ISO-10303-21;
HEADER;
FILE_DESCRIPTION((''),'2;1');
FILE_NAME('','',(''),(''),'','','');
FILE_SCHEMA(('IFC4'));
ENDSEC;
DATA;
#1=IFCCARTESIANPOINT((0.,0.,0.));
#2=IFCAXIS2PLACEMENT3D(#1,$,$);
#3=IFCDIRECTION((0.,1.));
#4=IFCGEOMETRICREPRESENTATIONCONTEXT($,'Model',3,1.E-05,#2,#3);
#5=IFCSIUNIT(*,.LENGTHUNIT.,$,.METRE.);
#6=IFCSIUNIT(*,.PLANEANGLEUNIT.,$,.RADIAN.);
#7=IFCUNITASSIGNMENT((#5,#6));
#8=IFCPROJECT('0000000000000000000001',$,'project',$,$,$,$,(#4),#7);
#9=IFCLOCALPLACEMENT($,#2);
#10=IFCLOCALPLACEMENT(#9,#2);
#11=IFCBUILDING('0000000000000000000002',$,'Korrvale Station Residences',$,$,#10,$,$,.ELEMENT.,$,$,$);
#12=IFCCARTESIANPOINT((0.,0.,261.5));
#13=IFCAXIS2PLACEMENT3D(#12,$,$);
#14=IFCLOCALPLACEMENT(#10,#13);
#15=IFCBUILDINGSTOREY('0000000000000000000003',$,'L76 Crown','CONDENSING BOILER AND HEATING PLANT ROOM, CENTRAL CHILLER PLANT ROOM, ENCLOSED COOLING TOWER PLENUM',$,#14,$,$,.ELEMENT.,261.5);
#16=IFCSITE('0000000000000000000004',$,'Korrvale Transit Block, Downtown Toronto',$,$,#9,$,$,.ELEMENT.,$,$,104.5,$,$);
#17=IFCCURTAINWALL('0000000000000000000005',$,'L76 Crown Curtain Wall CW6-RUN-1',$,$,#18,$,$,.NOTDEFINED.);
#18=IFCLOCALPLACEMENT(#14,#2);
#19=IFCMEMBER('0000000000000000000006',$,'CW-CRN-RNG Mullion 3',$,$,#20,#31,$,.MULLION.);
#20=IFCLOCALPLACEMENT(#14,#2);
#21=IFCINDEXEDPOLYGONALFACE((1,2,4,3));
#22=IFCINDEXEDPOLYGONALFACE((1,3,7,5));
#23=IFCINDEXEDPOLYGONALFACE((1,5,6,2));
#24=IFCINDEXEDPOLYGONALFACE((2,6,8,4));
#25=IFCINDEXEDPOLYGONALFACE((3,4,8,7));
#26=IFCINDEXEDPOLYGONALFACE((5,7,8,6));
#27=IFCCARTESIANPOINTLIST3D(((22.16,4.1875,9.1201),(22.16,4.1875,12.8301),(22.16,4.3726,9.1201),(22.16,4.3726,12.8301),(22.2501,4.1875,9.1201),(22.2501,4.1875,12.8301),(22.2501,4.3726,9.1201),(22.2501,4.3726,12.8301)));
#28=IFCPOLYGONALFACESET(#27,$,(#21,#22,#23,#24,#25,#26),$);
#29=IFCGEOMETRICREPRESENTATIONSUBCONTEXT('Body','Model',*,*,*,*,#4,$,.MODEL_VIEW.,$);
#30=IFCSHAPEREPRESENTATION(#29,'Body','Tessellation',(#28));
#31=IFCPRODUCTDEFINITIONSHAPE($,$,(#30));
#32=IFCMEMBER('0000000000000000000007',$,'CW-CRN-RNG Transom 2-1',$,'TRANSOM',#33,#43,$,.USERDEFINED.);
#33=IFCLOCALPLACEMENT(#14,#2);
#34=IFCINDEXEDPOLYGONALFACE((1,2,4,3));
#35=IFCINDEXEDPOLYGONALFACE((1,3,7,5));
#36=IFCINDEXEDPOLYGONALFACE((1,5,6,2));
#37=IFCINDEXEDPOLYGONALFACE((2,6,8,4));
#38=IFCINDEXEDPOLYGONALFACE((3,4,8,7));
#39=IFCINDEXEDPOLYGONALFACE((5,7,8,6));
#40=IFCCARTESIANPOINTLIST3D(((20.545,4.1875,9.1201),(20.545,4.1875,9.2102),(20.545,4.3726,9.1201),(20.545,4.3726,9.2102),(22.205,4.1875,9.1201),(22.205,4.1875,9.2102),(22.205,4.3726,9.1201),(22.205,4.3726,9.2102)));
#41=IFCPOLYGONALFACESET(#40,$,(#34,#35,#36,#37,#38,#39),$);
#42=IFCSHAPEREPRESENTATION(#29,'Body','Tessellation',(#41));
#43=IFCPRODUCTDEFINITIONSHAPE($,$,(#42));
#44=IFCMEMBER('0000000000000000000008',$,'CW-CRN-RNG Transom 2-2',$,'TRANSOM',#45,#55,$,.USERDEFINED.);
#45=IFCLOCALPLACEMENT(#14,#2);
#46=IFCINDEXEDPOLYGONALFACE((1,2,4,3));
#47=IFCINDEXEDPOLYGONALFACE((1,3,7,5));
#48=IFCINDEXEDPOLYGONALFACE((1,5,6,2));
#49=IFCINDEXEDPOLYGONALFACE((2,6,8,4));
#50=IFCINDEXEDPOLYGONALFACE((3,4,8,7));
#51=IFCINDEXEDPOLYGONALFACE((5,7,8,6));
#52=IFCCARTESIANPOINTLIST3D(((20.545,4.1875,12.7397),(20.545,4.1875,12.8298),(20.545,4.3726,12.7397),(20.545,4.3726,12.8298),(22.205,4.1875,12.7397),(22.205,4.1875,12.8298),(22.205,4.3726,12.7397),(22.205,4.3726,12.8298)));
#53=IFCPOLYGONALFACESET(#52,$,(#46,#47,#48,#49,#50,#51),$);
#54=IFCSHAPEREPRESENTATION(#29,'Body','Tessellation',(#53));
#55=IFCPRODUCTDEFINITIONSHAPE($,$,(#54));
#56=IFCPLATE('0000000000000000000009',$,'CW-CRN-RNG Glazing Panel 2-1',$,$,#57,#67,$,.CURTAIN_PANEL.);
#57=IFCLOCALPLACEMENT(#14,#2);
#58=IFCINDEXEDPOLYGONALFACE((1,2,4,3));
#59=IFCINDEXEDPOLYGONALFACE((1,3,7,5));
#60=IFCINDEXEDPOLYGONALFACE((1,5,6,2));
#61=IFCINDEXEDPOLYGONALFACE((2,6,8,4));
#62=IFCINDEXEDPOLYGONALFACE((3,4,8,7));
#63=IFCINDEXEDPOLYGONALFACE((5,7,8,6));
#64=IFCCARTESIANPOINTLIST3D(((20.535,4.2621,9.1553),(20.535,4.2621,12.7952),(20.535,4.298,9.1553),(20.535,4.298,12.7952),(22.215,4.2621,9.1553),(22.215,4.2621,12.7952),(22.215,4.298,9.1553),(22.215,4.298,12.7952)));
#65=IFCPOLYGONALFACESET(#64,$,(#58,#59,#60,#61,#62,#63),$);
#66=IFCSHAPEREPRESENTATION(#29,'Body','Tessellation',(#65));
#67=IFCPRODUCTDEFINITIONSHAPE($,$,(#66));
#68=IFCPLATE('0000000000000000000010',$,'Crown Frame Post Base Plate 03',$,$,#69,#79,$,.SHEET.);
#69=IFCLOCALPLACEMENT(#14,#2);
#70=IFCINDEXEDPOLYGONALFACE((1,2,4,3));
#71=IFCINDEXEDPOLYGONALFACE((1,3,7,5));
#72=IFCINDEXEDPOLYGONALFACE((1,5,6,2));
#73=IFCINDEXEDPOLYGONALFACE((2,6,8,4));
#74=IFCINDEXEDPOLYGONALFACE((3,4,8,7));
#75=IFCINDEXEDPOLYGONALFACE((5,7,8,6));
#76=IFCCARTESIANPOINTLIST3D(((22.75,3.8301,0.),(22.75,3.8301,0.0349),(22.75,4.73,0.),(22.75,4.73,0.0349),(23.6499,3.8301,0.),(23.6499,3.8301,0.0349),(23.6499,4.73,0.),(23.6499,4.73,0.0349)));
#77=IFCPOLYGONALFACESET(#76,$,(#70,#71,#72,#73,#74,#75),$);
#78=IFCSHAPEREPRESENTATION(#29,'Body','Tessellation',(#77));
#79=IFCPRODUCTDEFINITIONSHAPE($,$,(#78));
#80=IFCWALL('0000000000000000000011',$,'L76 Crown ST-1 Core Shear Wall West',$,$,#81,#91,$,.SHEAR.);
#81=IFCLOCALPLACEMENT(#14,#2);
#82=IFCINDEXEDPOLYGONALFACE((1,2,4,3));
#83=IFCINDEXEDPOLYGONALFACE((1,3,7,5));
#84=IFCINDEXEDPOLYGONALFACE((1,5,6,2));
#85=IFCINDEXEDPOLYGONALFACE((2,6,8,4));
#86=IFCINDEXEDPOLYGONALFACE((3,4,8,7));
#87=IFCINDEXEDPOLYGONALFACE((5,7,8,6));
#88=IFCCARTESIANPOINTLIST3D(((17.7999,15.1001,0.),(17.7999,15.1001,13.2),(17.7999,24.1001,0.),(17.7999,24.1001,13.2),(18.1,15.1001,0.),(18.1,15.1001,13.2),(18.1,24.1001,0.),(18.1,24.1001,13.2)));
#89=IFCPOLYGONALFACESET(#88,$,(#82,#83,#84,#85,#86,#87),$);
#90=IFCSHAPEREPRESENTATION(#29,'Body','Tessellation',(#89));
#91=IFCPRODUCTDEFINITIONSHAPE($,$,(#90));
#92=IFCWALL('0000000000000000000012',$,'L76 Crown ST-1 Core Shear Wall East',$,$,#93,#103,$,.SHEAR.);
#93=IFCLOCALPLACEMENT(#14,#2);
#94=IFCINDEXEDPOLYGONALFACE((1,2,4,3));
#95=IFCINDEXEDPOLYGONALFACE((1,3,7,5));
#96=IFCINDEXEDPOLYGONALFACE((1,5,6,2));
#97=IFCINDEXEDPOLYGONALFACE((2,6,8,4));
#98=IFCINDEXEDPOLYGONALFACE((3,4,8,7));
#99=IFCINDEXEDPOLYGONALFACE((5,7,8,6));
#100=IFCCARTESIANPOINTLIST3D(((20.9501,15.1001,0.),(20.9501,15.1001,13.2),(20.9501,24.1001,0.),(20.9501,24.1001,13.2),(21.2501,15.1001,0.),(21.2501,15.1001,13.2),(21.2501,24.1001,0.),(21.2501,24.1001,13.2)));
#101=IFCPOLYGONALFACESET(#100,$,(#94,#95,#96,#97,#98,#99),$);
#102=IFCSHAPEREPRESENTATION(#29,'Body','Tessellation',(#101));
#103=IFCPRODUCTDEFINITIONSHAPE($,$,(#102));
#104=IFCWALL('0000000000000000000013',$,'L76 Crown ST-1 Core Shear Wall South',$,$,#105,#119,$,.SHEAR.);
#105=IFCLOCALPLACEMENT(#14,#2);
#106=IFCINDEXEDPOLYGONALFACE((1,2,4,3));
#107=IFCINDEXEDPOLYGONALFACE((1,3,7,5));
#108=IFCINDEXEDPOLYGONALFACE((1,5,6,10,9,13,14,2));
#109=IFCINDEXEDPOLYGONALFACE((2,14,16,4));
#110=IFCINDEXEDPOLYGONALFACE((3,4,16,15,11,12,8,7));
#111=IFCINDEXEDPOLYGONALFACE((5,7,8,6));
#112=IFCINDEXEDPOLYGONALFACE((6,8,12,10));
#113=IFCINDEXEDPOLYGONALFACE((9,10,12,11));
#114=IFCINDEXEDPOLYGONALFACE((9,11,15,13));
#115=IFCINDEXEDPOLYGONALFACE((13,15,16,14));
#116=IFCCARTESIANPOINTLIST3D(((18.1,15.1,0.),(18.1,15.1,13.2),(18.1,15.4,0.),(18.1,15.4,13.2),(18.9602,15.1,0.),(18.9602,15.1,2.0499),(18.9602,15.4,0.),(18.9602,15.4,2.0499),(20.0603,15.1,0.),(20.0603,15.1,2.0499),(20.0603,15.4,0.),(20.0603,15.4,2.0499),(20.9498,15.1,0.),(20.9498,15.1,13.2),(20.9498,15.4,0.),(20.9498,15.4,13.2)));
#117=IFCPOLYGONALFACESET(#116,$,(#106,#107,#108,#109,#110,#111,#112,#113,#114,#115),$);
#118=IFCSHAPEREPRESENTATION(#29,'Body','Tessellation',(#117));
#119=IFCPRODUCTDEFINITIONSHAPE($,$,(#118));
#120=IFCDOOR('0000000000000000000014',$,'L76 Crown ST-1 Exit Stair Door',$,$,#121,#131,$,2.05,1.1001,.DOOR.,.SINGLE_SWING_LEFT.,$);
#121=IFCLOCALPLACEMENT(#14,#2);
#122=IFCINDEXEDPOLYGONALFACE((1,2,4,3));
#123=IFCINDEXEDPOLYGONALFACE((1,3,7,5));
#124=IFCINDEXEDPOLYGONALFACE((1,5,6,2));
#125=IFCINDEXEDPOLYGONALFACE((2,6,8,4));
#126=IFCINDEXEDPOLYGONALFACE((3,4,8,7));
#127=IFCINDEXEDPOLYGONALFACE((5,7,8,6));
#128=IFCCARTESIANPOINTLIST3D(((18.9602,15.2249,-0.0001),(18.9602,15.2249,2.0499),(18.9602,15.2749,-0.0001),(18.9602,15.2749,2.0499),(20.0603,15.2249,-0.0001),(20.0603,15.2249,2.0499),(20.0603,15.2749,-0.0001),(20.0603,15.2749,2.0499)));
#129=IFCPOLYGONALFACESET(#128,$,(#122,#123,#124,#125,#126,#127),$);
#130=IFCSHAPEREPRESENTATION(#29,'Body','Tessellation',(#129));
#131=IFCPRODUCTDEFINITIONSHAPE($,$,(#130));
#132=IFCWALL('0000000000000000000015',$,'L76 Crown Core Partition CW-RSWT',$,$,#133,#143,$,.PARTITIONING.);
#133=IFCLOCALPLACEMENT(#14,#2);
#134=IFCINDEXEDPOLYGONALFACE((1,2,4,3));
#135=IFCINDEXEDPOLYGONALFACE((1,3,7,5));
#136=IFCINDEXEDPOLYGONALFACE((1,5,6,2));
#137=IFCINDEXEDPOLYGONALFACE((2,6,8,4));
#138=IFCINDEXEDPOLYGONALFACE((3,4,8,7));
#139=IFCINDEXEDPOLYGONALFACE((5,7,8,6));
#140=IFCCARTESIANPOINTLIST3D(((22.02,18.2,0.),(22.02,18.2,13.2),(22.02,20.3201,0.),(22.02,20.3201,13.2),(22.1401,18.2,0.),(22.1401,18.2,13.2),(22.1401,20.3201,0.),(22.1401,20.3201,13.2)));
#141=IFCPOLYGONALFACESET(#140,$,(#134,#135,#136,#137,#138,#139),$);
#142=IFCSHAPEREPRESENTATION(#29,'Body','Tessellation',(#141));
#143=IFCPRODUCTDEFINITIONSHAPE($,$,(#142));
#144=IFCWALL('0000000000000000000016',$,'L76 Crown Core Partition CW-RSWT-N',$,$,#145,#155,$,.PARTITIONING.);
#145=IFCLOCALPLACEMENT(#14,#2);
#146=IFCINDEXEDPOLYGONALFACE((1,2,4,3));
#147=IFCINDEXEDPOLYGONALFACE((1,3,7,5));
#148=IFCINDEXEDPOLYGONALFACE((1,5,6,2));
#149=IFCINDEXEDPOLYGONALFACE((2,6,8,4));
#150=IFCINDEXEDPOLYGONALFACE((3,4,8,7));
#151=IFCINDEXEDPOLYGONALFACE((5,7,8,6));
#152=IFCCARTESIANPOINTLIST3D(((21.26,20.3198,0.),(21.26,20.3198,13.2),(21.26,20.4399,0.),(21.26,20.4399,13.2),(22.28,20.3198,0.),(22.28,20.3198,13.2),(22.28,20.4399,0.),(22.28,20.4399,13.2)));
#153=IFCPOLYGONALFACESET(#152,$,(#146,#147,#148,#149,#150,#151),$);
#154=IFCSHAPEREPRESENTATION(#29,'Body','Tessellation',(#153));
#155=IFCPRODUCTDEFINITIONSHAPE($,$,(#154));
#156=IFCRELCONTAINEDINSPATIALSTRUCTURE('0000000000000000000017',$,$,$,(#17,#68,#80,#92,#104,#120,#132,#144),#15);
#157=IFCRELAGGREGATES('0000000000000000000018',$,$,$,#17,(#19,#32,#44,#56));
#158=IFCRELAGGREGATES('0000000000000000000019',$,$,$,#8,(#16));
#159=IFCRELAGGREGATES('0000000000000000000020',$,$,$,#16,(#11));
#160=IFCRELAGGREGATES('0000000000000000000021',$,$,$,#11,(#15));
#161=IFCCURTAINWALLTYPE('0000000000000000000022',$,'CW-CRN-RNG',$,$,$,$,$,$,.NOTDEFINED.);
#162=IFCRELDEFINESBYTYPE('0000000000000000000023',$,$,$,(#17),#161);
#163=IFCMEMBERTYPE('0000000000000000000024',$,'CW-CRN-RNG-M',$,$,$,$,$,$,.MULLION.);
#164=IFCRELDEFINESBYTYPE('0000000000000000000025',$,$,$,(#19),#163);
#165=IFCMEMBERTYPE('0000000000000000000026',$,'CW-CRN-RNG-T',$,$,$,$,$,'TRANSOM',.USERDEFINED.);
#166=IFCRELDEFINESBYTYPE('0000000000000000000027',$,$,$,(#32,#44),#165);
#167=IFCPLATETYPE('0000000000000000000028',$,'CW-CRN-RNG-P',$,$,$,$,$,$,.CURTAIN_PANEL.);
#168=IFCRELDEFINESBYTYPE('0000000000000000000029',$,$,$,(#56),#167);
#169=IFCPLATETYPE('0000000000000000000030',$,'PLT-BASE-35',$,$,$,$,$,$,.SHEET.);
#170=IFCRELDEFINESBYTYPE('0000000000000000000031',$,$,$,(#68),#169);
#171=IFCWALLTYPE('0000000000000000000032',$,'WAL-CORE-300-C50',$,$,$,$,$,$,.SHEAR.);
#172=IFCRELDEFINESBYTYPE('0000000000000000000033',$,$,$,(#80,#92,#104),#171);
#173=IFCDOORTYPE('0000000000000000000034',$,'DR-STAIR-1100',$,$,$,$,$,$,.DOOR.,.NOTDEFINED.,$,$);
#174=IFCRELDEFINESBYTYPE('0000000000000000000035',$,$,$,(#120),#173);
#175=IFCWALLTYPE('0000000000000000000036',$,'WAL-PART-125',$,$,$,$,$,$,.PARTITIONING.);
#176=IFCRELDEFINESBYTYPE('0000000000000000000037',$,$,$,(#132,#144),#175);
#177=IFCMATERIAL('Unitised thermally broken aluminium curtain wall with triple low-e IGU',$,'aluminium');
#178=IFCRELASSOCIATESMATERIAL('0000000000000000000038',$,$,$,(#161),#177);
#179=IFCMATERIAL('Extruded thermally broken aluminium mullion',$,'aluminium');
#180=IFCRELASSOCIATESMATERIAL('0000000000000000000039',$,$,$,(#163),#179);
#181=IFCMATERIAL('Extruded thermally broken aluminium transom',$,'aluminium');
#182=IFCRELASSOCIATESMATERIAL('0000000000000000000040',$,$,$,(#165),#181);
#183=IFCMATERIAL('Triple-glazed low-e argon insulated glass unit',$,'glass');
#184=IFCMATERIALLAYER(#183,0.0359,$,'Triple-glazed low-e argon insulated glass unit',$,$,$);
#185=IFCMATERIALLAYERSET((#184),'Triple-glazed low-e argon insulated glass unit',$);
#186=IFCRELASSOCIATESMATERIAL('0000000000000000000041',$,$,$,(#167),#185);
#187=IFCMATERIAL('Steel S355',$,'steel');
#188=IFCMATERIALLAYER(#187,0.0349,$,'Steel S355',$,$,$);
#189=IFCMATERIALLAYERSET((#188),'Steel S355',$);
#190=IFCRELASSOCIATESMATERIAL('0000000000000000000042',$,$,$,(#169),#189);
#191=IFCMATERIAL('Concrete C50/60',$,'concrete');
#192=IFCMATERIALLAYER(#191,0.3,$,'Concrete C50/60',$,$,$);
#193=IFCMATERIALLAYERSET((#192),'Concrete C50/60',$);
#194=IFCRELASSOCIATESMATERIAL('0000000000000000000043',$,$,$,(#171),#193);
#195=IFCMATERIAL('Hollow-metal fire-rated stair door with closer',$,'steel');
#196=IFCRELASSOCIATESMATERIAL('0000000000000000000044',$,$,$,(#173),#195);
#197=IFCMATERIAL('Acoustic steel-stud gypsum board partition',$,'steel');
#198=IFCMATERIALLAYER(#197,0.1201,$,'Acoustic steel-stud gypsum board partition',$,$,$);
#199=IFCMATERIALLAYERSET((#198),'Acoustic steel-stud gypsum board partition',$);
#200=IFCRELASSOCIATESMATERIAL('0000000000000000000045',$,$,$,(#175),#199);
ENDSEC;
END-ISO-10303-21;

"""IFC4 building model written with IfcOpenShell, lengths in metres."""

from ifc_helpers import new_model, si_unit, direction, frame, frame_2d, origin, origin_2d, place, context, subcontext, project, spatial, rectangle, extrude, material, layer, layer_set, type_object, element, fill, aggregate, save


model = new_model("IFC4")

# Units and contexts
model_context = context("Model", 3, precision=1e-05, world=origin(), true_north=direction((0.0, 1.0)))
body_context = subcontext(model_context, "Body", "Model", "MODEL_VIEW")
ifc_project = project(units=[si_unit("LENGTHUNIT", "METRE"), si_unit("PLANEANGLEUNIT", "RADIAN")], contexts=[model_context])

# Site, building, storey
site_placement = place(None, origin())
site = spatial("IfcSite", under=ifc_project, at=site_placement, Name="Korrvale Transit Block, Downtown Toronto", CompositionType="ELEMENT", RefElevation=104.5)
building_placement = place(site_placement, origin())
building = spatial("IfcBuilding", under=site, at=building_placement, Name="Korrvale Station Residences", CompositionType="ELEMENT")
storey_placement = place(building_placement, frame((0.0, 0.0, 261.5)))
storey = spatial("IfcBuildingStorey", under=building, at=storey_placement, Name="L76 Crown", Description="CONDENSING BOILER AND HEATING PLANT ROOM, CENTRAL CHILLER PLANT ROOM, ENCLOSED COOLING TOWER PLENUM", CompositionType="ELEMENT", Elevation=261.5)

# Shared definitions
ifc_material_1 = material(Name="Concrete C50/60", Category="concrete")
ifc_material_2 = material(Name="Steel S355", Category="steel")

# Curtain wall, members, plate
ifc_material_3 = material(Name="Unitised thermally broken aluminium curtain wall with triple low-e IGU", Category="aluminium")
curtain_wall_type = type_object("IfcCurtainWallType", Name="CW-CRN-RNG", PredefinedType="NOTDEFINED", material=ifc_material_3)
curtain_wall_placement = place(storey_placement, origin())
curtain_wall = element("IfcCurtainWall", 1, at=curtain_wall_placement, inside=storey, type_object=curtain_wall_type, Name="L76 Crown Curtain Wall CW6-RUN-1", PredefinedType="NOTDEFINED")
ifc_material_4 = material(Name="Extruded thermally broken aluminium mullion", Category="aluminium")
member_type_1 = type_object("IfcMemberType", Name="CW-CRN-RNG-M", PredefinedType="MULLION", material=ifc_material_4)
member_1_placement = place(storey_placement, frame((22.2051, 4.28, 9.1201), z_axis=(0.0, 0.0, 1.0), x_axis=(1.0, 0.0, 0.0)))
member_1 = element("IfcMember", 2, at=member_1_placement, type_object=member_type_1, Name="CW-CRN-RNG Mullion 3", PredefinedType="MULLION", context=body_context, shape_type="SweptSolid", body=[
    extrude(rectangle(XDim=0.0901, YDim=0.1851, at=origin_2d()), origin(), (0.0, 0.0, 1.0), 3.71),
])
ifc_material_5 = material(Name="Extruded thermally broken aluminium transom", Category="aluminium")
member_type_2 = type_object("IfcMemberType", Name="CW-CRN-RNG-T", ElementType="TRANSOM", PredefinedType="USERDEFINED", material=ifc_material_5)
member_2_placement = place(storey_placement, frame((21.375, 4.28, 9.1201), z_axis=(0.0, 0.0, 1.0), x_axis=(1.0, 0.0, 0.0)))
member_2 = element("IfcMember", 3, at=member_2_placement, type_object=member_type_2, Name="CW-CRN-RNG Transom 2-1", ObjectType="TRANSOM", PredefinedType="USERDEFINED", context=body_context, shape_type="SweptSolid", body=[
    extrude(rectangle(XDim=1.6599, YDim=0.1851, at=origin_2d()), origin(), (0.0, 0.0, 1.0), 0.0901),
])
member_3_placement = place(storey_placement, frame((21.375, 4.28, 12.7397), z_axis=(0.0, 0.0, 1.0), x_axis=(1.0, 0.0, 0.0)))
member_3 = element("IfcMember", 4, at=member_3_placement, type_object=member_type_2, Name="CW-CRN-RNG Transom 2-2", ObjectType="TRANSOM", PredefinedType="USERDEFINED", context=body_context, shape_type="SweptSolid", body=[
    extrude(rectangle(XDim=1.6599, YDim=0.1851, at=origin_2d()), origin(), (0.0, 0.0, 1.0), 0.0901),
])
ifc_material_6 = material(Name="Triple-glazed low-e argon insulated glass unit", Category="glass")
ifc_layer_1 = layer(ifc_material_6, 0.0359, Name="Triple-glazed low-e argon insulated glass unit")
ifc_layer_set_1 = layer_set([ifc_layer_1], Name="Triple-glazed low-e argon insulated glass unit")
plate_type_1 = type_object("IfcPlateType", Name="CW-CRN-RNG-P", PredefinedType="CURTAIN_PANEL", material=ifc_layer_set_1)
plate_1_placement = place(storey_placement, frame((21.375, 4.28, 9.1553), z_axis=(0.0, 0.0, 1.0), x_axis=(1.0, 0.0, 0.0)))
plate_1 = element("IfcPlate", 5, at=plate_1_placement, type_object=plate_type_1, Name="CW-CRN-RNG Glazing Panel 2-1", PredefinedType="CURTAIN_PANEL", context=body_context, shape_type="SweptSolid", body=[
    extrude(rectangle(XDim=1.6799, YDim=0.0359, at=origin_2d()), origin(), (0.0, 0.0, 1.0), 3.6399),
])
aggregate(curtain_wall, [member_1, member_2, member_3, plate_1])

# Plate
ifc_layer_2 = layer(ifc_material_2, 0.0349, Name="Steel S355")
ifc_layer_set_2 = layer_set([ifc_layer_2], Name="Steel S355")
plate_type_2 = type_object("IfcPlateType", Name="PLT-BASE-35", PredefinedType="SHEET", material=ifc_layer_set_2)
plate_2_placement = place(storey_placement, frame((23.2, 4.28, 0.0), z_axis=(0.0, 0.0, 1.0), x_axis=(1.0, 0.0, 0.0)))
element("IfcPlate", 6, at=plate_2_placement, inside=storey, type_object=plate_type_2, Name="Crown Frame Post Base Plate 03", PredefinedType="SHEET", context=body_context, shape_type="SweptSolid", body=[
    extrude(rectangle(XDim=0.8999, YDim=0.8999, at=origin_2d()), origin(), (0.0, 0.0, 1.0), 0.0349),
])

# Walls
ifc_layer_3 = layer(ifc_material_1, 0.3, Name="Concrete C50/60")
ifc_layer_set_3 = layer_set([ifc_layer_3], Name="Concrete C50/60")
wall_type_1 = type_object("IfcWallType", Name="WAL-CORE-300-C50", PredefinedType="SHEAR", material=ifc_layer_set_3)
for number, where, z_axis, x_axis, name in (
    (7, (17.95, 15.1001, 0.0), (0.0, 0.0, 1.0), (0.0, 1.0, 0.0), "L76 Crown ST-1 Core Shear Wall West"),
    (8, (21.1001, 15.1001, 0.0), (0.0, 0.0, 1.0), (0.0, 1.0, 0.0), "L76 Crown ST-1 Core Shear Wall East"),
):
    element("IfcWall", number, at=place(storey_placement, frame(where, z_axis=z_axis, x_axis=x_axis)), inside=storey, type_object=wall_type_1, Name=name, PredefinedType="SHEAR", context=body_context, shape_type="SweptSolid", body=[
        extrude(rectangle(XDim=9.0, YDim=0.3, at=frame_2d((4.5, 0.0))), origin(), (0.0, 0.0, 1.0), 13.2),
    ])

# Wall, opening, door
wall_1_placement = place(storey_placement, frame((18.1001, 15.25, 0.0), z_axis=(0.0, 0.0, 1.0), x_axis=(1.0, 0.0, 0.0)))
wall_1 = element("IfcWall", 9, at=wall_1_placement, inside=storey, type_object=wall_type_1, Name="L76 Crown ST-1 Core Shear Wall South", PredefinedType="SHEAR", context=body_context, shape_type="SweptSolid", body=[
    extrude(rectangle(XDim=2.8499, YDim=0.3, at=frame_2d((1.4248, 0.0))), origin(), (0.0, 0.0, 1.0), 13.2),
])
opening_1_placement = place(wall_1_placement, frame((0.8601, 0.0, 0.0)))
opening_1 = element("IfcOpeningElement", 10, at=opening_1_placement, cuts=wall_1, PredefinedType="OPENING", context=body_context, shape_type="SweptSolid", body=[
    extrude(rectangle(XDim=1.1001, YDim=2.05, at=frame_2d((0.55, 1.0249))), frame((0.0, 0.1602, 0.0), z_axis=(0.0, -1.0, 0.0), x_axis=(1.0, 0.0, 0.0)), (0.0, 0.0, 1.0), 0.3201),
])
ifc_material_7 = material(Name="Hollow-metal fire-rated stair door with closer", Category="steel")
door_type_1 = type_object("IfcDoorType", Name="DR-STAIR-1100", OperationType="NOTDEFINED", PredefinedType="DOOR", material=ifc_material_7)
door_1_placement = place(opening_1_placement, origin())
door_1 = element("IfcDoor", 11, at=door_1_placement, inside=storey, type_object=door_type_1, Name="L76 Crown ST-1 Exit Stair Door", OperationType="SINGLE_SWING_LEFT", OverallHeight=2.05, OverallWidth=1.1001, PredefinedType="DOOR", context=body_context, shape_type="SweptSolid", body=[
    extrude(rectangle(XDim=1.1001, YDim=2.05, at=frame_2d((0.55, 1.0249))), frame((0.0, 0.0249, 0.0), z_axis=(0.0, -1.0, 0.0), x_axis=(1.0, 0.0, 0.0)), (0.0, 0.0, 1.0), 0.05),
])
fill(opening_1, door_1)

# Walls
ifc_material_8 = material(Name="Acoustic steel-stud gypsum board partition", Category="steel")
ifc_layer_4 = layer(ifc_material_8, 0.1201, Name="Acoustic steel-stud gypsum board partition")
ifc_layer_set_4 = layer_set([ifc_layer_4], Name="Acoustic steel-stud gypsum board partition")
wall_type_2 = type_object("IfcWallType", Name="WAL-PART-125", PredefinedType="PARTITIONING", material=ifc_layer_set_4)
wall_2_placement = place(storey_placement, frame((22.0801, 18.2, 0.0), z_axis=(0.0, 0.0, 1.0), x_axis=(0.0, 1.0, 0.0)))
element("IfcWall", 12, at=wall_2_placement, inside=storey, type_object=wall_type_2, Name="L76 Crown Core Partition CW-RSWT", PredefinedType="PARTITIONING", context=body_context, shape_type="SweptSolid", body=[
    extrude(rectangle(XDim=2.1201, YDim=0.1201, at=frame_2d((1.0601, 0.0))), origin(), (0.0, 0.0, 1.0), 13.2),
])
wall_3_placement = place(storey_placement, frame((22.28, 20.3799, 0.0), z_axis=(0.0, 0.0, 1.0), x_axis=(-1.0, 0.0, 0.0)))
element("IfcWall", 13, at=wall_3_placement, inside=storey, type_object=wall_type_2, Name="L76 Crown Core Partition CW-RSWT-N", PredefinedType="PARTITIONING", context=body_context, shape_type="SweptSolid", body=[
    extrude(rectangle(XDim=1.02, YDim=0.1201, at=frame_2d((0.51, 0.0))), origin(), (0.0, 0.0, 1.0), 13.2),
])

save(model, "model.ifc")
